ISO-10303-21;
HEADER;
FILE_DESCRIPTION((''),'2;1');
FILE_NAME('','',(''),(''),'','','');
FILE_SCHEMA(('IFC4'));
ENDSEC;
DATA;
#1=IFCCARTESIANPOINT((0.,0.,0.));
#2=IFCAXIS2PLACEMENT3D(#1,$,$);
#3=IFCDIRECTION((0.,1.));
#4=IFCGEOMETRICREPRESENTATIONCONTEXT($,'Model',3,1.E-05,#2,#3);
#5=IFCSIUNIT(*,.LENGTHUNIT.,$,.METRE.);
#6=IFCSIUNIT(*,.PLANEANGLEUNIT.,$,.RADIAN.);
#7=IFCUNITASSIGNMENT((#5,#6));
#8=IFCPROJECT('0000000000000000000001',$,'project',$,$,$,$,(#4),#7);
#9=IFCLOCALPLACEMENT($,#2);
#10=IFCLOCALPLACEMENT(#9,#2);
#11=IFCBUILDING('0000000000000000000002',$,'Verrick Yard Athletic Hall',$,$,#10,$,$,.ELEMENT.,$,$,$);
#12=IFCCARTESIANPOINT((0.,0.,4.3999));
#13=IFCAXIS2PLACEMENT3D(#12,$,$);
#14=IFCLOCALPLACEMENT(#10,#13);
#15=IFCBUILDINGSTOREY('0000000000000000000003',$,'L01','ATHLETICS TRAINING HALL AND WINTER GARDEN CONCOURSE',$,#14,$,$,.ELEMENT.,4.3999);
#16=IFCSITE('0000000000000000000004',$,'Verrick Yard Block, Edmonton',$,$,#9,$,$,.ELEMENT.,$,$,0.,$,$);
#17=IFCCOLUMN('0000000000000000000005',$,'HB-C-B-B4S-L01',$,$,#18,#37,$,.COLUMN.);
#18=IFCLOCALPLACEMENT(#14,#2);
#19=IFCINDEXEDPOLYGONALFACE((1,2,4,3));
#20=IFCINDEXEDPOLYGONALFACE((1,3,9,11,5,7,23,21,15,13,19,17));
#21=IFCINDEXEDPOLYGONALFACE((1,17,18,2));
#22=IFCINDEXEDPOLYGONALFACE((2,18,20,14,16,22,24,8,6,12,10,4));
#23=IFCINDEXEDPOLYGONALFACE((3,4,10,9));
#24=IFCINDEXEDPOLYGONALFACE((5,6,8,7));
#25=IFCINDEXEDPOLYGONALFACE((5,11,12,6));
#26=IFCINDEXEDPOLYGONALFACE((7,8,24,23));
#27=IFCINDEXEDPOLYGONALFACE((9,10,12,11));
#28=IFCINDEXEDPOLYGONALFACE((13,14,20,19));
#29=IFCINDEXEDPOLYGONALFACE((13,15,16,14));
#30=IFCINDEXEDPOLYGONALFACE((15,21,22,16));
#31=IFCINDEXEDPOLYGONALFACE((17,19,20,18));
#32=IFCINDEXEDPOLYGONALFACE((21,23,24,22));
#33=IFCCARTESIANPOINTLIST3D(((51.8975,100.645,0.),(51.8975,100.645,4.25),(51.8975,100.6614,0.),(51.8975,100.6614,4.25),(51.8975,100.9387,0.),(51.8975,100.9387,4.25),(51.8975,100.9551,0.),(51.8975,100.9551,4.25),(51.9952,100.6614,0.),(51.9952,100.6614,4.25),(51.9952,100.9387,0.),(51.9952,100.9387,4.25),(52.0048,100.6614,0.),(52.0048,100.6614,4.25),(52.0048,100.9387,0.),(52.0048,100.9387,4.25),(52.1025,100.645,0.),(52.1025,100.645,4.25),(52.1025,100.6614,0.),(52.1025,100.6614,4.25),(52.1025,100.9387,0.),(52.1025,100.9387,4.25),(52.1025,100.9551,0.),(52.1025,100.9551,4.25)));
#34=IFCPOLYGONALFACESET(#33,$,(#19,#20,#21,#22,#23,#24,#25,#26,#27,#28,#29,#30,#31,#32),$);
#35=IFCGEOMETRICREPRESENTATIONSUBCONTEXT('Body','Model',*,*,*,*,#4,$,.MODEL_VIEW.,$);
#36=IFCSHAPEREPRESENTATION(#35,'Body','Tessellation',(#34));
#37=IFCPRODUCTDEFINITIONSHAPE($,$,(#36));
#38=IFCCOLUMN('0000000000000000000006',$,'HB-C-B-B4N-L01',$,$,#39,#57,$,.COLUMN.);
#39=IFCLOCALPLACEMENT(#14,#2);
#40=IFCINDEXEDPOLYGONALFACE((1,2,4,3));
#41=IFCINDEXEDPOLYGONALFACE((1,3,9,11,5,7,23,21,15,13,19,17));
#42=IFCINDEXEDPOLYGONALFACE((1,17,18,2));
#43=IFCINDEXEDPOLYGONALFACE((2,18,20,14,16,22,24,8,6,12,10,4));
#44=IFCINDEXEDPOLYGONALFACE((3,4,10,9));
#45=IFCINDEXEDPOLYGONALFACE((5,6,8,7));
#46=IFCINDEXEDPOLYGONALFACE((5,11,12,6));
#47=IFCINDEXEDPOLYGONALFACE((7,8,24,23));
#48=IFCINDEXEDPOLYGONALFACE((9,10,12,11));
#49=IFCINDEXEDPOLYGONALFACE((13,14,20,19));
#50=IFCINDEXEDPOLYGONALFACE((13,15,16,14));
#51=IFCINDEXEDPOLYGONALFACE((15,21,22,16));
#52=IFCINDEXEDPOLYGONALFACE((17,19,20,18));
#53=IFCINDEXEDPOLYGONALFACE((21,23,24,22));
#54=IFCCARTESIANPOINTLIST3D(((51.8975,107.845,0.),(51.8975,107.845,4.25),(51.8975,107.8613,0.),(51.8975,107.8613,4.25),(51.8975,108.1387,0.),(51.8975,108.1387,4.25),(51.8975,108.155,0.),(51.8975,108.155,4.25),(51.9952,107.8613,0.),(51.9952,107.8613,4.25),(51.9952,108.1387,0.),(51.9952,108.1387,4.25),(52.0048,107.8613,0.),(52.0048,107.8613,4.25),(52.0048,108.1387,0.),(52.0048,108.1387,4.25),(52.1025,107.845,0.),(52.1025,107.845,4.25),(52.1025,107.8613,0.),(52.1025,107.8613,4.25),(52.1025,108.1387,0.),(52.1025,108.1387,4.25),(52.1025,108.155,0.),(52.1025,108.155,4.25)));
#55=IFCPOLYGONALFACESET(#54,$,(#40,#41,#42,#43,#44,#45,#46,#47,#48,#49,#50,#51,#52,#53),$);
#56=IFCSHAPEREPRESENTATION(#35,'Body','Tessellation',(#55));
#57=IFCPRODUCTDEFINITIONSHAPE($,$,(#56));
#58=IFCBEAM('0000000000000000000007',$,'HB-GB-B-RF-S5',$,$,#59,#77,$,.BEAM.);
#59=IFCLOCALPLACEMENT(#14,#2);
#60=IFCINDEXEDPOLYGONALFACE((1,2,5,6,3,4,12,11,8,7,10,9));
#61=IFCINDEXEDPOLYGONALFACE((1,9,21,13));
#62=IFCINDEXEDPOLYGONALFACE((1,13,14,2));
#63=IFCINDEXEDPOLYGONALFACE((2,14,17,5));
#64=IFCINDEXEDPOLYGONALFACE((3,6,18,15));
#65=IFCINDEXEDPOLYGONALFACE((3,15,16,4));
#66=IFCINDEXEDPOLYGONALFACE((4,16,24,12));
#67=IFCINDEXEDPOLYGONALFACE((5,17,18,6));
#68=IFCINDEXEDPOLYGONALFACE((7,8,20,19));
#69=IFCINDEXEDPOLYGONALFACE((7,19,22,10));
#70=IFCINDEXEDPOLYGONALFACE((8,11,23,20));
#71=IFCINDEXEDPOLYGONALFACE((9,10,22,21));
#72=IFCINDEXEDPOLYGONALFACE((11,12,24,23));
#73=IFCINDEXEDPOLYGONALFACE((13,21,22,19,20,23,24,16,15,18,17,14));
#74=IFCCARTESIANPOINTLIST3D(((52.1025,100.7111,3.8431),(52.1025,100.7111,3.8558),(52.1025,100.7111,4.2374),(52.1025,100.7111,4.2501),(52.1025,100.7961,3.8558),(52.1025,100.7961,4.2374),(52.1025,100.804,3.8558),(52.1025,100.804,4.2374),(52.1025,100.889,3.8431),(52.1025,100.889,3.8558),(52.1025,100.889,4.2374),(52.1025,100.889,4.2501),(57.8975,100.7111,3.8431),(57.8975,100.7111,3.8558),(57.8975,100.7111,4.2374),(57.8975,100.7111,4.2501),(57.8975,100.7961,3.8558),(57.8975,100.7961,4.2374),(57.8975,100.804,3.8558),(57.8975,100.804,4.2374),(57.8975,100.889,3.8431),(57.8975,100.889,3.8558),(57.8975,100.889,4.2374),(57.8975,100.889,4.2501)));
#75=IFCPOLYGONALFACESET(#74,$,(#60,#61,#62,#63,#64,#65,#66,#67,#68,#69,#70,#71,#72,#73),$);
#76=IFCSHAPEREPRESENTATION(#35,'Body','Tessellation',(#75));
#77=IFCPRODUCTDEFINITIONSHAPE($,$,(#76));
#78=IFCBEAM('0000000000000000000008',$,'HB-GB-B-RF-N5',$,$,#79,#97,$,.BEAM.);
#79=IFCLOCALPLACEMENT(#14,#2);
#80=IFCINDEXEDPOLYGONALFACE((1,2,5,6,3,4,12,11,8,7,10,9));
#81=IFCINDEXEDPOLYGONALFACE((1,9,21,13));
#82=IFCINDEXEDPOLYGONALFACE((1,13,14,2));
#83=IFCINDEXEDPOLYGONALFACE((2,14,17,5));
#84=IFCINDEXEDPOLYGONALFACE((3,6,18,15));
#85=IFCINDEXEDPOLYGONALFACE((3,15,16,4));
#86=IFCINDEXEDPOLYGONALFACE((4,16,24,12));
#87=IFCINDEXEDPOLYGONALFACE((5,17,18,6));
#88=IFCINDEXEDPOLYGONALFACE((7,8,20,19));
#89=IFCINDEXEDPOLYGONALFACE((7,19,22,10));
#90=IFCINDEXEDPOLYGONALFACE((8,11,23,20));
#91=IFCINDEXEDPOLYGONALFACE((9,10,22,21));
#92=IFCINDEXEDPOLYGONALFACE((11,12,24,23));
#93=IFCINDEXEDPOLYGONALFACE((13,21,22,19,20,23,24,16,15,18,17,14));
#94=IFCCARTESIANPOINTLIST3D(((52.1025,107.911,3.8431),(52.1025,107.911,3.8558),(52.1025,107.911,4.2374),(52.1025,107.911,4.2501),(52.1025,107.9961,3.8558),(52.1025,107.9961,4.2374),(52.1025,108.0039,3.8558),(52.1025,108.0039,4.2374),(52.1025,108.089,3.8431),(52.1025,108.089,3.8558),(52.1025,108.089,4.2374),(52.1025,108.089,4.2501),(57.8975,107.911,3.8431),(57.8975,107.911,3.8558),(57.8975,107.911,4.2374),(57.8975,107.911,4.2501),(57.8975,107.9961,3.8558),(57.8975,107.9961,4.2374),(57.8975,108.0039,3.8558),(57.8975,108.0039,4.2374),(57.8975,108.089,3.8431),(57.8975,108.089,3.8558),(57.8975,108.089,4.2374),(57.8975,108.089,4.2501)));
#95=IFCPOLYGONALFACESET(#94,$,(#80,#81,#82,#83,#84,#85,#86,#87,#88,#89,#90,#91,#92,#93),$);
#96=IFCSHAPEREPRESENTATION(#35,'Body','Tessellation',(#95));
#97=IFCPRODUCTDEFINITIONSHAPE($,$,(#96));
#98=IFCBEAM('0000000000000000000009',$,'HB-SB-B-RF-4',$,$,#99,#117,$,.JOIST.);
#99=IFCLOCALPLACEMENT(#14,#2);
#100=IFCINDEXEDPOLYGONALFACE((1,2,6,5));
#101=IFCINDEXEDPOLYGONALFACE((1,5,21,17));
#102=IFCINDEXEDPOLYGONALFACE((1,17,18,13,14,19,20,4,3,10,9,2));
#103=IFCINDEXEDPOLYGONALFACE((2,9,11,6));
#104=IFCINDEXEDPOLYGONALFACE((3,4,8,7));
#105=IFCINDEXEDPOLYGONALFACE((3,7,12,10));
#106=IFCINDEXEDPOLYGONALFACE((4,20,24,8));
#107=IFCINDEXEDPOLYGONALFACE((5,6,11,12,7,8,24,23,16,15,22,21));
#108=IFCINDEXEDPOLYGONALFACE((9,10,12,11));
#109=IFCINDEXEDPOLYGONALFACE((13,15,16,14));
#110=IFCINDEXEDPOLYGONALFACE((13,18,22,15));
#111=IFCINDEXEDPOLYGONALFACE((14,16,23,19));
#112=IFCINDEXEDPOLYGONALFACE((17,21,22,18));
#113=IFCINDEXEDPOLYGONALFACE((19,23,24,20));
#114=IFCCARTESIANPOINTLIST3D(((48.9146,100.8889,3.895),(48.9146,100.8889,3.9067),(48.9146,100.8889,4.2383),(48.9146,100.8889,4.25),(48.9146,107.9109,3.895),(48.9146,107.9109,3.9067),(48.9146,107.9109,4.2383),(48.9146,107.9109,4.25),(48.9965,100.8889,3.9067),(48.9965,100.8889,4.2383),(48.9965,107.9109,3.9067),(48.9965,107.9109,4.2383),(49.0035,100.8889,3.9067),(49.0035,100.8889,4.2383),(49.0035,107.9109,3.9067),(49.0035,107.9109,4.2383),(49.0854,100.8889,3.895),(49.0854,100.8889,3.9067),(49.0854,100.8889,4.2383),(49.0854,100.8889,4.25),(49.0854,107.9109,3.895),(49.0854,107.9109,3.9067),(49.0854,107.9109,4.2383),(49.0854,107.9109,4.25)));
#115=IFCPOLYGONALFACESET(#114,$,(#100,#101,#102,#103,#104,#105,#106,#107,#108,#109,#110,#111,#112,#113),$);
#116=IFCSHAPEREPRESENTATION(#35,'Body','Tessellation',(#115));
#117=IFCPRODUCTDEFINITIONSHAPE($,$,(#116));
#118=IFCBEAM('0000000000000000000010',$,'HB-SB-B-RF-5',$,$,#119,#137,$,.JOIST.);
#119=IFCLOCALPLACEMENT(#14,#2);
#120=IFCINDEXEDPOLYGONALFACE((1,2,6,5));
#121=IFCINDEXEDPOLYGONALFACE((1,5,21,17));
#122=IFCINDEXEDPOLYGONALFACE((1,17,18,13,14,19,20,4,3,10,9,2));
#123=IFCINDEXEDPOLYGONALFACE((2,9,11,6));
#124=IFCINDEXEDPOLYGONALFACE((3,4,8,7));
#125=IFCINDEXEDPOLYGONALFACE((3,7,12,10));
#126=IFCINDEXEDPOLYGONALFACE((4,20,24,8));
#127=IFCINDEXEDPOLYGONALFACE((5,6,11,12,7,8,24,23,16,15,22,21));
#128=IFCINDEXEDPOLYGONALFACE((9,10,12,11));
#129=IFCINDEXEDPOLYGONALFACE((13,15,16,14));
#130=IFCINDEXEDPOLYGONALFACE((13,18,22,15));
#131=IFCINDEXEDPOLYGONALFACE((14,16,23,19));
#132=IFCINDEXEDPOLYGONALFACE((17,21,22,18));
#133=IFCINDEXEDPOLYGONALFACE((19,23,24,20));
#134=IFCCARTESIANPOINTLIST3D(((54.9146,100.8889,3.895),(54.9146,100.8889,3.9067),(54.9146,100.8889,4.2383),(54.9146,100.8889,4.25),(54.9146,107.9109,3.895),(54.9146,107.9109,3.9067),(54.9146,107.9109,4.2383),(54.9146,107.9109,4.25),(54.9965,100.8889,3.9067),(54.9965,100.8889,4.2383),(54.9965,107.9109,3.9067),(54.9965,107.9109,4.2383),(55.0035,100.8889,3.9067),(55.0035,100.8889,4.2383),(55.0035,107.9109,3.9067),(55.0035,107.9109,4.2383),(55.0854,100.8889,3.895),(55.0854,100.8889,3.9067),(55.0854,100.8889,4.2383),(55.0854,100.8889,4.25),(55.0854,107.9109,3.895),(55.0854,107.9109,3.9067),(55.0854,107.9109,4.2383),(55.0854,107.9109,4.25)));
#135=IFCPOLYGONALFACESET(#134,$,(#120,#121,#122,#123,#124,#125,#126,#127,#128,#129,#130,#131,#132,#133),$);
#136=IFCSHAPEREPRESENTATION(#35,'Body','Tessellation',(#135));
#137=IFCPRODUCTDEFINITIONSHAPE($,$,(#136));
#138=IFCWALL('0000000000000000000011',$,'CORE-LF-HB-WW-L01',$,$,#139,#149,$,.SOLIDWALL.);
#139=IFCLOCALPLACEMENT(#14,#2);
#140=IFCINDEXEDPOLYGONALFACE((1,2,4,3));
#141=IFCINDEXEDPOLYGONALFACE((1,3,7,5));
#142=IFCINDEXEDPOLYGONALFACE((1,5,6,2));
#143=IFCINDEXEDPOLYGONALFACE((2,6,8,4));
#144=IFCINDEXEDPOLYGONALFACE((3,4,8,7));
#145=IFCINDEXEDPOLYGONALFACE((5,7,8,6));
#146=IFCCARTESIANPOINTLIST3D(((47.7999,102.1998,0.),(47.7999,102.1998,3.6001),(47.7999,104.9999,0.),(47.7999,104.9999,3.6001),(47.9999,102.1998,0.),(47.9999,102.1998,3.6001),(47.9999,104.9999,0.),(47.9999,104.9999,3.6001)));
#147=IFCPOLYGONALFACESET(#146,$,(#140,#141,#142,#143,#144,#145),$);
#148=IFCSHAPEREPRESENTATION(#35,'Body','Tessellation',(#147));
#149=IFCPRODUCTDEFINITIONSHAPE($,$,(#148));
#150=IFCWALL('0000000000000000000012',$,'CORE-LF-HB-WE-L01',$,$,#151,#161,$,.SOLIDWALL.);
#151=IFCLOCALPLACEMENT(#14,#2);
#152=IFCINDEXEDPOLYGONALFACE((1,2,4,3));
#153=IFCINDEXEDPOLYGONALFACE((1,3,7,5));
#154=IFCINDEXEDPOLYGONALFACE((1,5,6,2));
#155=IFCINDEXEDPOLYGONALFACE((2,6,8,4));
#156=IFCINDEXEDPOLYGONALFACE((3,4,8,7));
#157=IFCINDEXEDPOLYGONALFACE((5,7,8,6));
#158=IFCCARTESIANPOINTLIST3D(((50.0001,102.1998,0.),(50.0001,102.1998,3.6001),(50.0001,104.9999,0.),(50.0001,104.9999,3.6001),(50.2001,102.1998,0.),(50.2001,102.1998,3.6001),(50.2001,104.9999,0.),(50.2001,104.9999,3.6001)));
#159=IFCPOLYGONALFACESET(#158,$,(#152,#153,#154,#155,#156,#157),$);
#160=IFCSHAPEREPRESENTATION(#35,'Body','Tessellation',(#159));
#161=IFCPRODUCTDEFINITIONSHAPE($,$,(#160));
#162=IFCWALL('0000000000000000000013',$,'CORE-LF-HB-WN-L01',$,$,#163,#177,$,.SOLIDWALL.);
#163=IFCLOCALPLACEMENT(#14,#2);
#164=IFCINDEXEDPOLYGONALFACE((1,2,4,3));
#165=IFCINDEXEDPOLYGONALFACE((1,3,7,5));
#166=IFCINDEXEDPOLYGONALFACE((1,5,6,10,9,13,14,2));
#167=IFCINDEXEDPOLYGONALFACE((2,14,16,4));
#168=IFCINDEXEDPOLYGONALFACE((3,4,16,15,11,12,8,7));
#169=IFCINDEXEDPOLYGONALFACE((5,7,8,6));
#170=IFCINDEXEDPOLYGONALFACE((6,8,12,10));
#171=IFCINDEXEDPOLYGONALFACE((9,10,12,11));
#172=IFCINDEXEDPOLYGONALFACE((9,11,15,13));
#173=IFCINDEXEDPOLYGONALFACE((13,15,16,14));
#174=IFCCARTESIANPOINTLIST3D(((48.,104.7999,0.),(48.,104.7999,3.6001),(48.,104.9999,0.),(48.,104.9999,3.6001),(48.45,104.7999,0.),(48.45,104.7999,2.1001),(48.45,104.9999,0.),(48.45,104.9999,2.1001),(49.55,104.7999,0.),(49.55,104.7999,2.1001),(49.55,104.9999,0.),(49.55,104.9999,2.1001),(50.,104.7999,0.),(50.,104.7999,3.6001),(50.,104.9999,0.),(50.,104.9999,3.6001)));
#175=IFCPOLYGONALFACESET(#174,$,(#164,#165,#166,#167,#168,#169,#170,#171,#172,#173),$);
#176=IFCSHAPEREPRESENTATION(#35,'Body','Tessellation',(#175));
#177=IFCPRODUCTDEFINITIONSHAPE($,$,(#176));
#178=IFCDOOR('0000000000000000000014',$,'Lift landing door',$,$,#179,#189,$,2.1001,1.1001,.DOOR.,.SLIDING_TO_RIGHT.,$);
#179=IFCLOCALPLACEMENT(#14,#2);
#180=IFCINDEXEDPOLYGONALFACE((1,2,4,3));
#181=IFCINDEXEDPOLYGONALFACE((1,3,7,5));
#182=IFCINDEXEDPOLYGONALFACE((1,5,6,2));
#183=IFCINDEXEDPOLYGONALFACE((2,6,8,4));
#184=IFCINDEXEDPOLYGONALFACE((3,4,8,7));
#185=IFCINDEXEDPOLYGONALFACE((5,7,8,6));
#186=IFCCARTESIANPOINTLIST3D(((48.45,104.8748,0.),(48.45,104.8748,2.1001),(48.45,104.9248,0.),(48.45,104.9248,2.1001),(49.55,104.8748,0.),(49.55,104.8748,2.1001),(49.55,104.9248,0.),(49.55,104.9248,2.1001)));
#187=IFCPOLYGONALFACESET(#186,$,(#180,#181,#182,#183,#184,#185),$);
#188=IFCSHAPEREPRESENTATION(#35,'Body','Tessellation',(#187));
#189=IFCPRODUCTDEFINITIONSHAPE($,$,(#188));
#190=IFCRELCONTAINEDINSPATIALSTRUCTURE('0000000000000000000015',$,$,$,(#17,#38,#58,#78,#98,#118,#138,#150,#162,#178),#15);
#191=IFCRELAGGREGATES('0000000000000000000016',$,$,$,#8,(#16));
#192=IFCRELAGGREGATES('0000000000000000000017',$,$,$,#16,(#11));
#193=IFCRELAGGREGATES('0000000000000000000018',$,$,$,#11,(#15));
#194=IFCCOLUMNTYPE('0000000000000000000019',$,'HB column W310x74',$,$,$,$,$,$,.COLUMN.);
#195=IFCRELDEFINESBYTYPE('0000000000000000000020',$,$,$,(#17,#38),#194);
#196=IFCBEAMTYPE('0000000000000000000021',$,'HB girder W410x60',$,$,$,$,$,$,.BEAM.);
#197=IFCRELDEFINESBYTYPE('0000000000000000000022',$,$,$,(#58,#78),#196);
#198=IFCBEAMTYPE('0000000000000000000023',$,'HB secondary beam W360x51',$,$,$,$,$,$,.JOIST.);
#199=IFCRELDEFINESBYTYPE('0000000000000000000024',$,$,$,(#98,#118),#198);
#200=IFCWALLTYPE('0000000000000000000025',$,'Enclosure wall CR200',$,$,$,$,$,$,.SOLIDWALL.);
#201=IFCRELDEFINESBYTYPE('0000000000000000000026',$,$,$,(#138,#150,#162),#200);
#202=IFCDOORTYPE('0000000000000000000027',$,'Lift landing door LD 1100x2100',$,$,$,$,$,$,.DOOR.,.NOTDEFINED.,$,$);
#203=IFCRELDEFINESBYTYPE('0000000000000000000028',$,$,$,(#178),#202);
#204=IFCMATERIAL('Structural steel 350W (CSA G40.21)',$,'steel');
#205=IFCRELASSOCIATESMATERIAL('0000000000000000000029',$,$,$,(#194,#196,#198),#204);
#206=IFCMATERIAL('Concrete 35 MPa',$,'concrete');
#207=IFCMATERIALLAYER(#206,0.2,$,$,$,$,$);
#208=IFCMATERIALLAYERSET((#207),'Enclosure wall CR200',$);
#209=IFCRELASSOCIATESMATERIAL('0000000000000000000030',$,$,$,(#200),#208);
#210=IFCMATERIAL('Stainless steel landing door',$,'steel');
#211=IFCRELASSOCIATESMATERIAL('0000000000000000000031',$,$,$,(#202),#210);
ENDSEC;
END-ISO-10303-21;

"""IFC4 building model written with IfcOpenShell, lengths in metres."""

from ifc_helpers import new_model, si_unit, direction, frame, frame_2d, origin, origin_2d, place, context, subcontext, project, spatial, rectangle, i_section, extrude, material, layer, layer_set, material_profile, profile_set, type_object, element, fill, save


model = new_model("IFC4")

# Units and contexts
model_context = context("Model", 3, precision=1e-05, world=origin(), true_north=direction((0.0, 1.0)))
body_context = subcontext(model_context, "Body", "Model", "MODEL_VIEW")
ifc_project = project(units=[si_unit("LENGTHUNIT", "METRE"), si_unit("PLANEANGLEUNIT", "RADIAN")], contexts=[model_context])

# Site, building, storey
site_placement = place(None, origin())
site = spatial("IfcSite", under=ifc_project, at=site_placement, Name="Verrick Yard Block, Edmonton", CompositionType="ELEMENT", RefElevation=0.0)
building_placement = place(site_placement, origin())
building = spatial("IfcBuilding", under=site, at=building_placement, Name="Verrick Yard Athletic Hall", CompositionType="ELEMENT")
storey_placement = place(building_placement, frame((0.0, 0.0, 4.3999)))
storey = spatial("IfcBuildingStorey", under=building, at=storey_placement, Name="L01", Description="ATHLETICS TRAINING HALL AND WINTER GARDEN CONCOURSE", CompositionType="ELEMENT", Elevation=4.3999)

# Columns
ifc_material_1 = material(Name="Structural steel 350W (CSA G40.21)", Category="steel")
ifc_material_profile_1 = material_profile(ifc_material_1, i_section(OverallWidth=0.2051, OverallDepth=0.3101, WebThickness=0.0095, FlangeThickness=0.0164, at=origin_2d()), Name="W310x74")
ifc_profile_set_1 = profile_set([ifc_material_profile_1], Name="Structural steel 350W (CSA G40.21)")
column_type = type_object("IfcColumnType", Name="HB column W310x74", PredefinedType="COLUMN", material=ifc_profile_set_1)
for number, where, z_axis, x_axis, name in (
    (1, (52.0, 100.8, 0.0), (0.0, 0.0, 1.0), (1.0, 0.0, 0.0), "HB-C-B-B4S-L01"),
    (2, (52.0, 108.0, 0.0), (0.0, 0.0, 1.0), (1.0, 0.0, 0.0), "HB-C-B-B4N-L01"),
):
    element("IfcColumn", number, at=place(storey_placement, frame(where, z_axis=z_axis, x_axis=x_axis)), inside=storey, type_object=column_type, Name=name, PredefinedType="COLUMN", context=body_context, shape_type="SweptSolid", body=[
        extrude(i_section(OverallWidth=0.2051, OverallDepth=0.3101, WebThickness=0.0095, FlangeThickness=0.0164, at=origin_2d()), origin(), (0.0, 0.0, 1.0), 4.25),
    ])

# Beams
ifc_material_profile_2 = material_profile(ifc_material_1, i_section(OverallWidth=0.178, OverallDepth=0.407, WebThickness=0.0078, FlangeThickness=0.0127, at=origin_2d()), Name="W410x60")
ifc_profile_set_2 = profile_set([ifc_material_profile_2], Name="Structural steel 350W (CSA G40.21)")
beam_type_1 = type_object("IfcBeamType", Name="HB girder W410x60", PredefinedType="BEAM", material=ifc_profile_set_2)
for number, where, z_axis, x_axis, name in (
    (3, (52.1025, 100.8, 4.0466), (1.0, 0.0, 0.0), (0.0, 1.0, 0.0), "HB-GB-B-RF-S5"),
    (4, (52.1025, 108.0, 4.0466), (1.0, 0.0, 0.0), (0.0, 1.0, 0.0), "HB-GB-B-RF-N5"),
):
    element("IfcBeam", number, at=place(storey_placement, frame(where, z_axis=z_axis, x_axis=x_axis)), inside=storey, type_object=beam_type_1, Name=name, PredefinedType="BEAM", context=body_context, shape_type="SweptSolid", body=[
        extrude(i_section(OverallWidth=0.178, OverallDepth=0.407, WebThickness=0.0078, FlangeThickness=0.0127, at=origin_2d()), origin(), (0.0, 0.0, 1.0), 5.7949),
    ])
ifc_material_profile_3 = material_profile(ifc_material_1, i_section(OverallWidth=0.1709, OverallDepth=0.355, WebThickness=0.0071, FlangeThickness=0.0117, at=origin_2d()), Name="W360x51")
ifc_profile_set_3 = profile_set([ifc_material_profile_3], Name="Structural steel 350W (CSA G40.21)")
beam_type_2 = type_object("IfcBeamType", Name="HB secondary beam W360x51", PredefinedType="JOIST", material=ifc_profile_set_3)
for number, where, z_axis, x_axis, name in (
    (5, (49.0, 100.8889, 4.0725), (0.0, 1.0, 0.0), (-1.0, 0.0, 0.0), "HB-SB-B-RF-4"),
    (6, (55.0, 100.8889, 4.0725), (0.0, 1.0, 0.0), (-1.0, 0.0, 0.0), "HB-SB-B-RF-5"),
):
    element("IfcBeam", number, at=place(storey_placement, frame(where, z_axis=z_axis, x_axis=x_axis)), inside=storey, type_object=beam_type_2, Name=name, PredefinedType="JOIST", context=body_context, shape_type="SweptSolid", body=[
        extrude(i_section(OverallWidth=0.1709, OverallDepth=0.355, WebThickness=0.0071, FlangeThickness=0.0117, at=origin_2d()), origin(), (0.0, 0.0, 1.0), 7.022),
    ])

# Walls
ifc_material_2 = material(Name="Concrete 35 MPa", Category="concrete")
ifc_layer_1 = layer(ifc_material_2, 0.2)
ifc_layer_set_1 = layer_set([ifc_layer_1], Name="Enclosure wall CR200")
wall_type_1 = type_object("IfcWallType", Name="Enclosure wall CR200", PredefinedType="SOLIDWALL", material=ifc_layer_set_1)
for number, where, z_axis, x_axis, name in (
    (7, (47.8999, 102.2, 0.0), (0.0, 0.0, 1.0), (0.0, 1.0, 0.0), "CORE-LF-HB-WW-L01"),
    (8, (50.1001, 102.2, 0.0), (0.0, 0.0, 1.0), (0.0, 1.0, 0.0), "CORE-LF-HB-WE-L01"),
):
    element("IfcWall", number, at=place(storey_placement, frame(where, z_axis=z_axis, x_axis=x_axis)), inside=storey, type_object=wall_type_1, Name=name, PredefinedType="SOLIDWALL", context=body_context, shape_type="SweptSolid", body=[
        extrude(rectangle(XDim=2.8, YDim=0.2, at=frame_2d((1.3999, 0.0))), origin(), (0.0, 0.0, 1.0), 3.6001),
    ])

# Wall, opening, door
wall_1_placement = place(storey_placement, frame((48.0, 104.8999, 0.0), z_axis=(0.0, 0.0, 1.0), x_axis=(1.0, 0.0, 0.0)))
wall_1 = element("IfcWall", 9, at=wall_1_placement, inside=storey, type_object=wall_type_1, Name="CORE-LF-HB-WN-L01", PredefinedType="SOLIDWALL", context=body_context, shape_type="SweptSolid", body=[
    extrude(rectangle(XDim=2.0, YDim=0.2, at=frame_2d((1.0, 0.0))), origin(), (0.0, 0.0, 1.0), 3.6001),
])
opening_1_placement = place(wall_1_placement, frame((0.45, 0.0, 0.0)))
opening_1 = element("IfcOpeningElement", 10, at=opening_1_placement, cuts=wall_1, PredefinedType="OPENING", context=body_context, shape_type="SweptSolid", body=[
    extrude(rectangle(XDim=1.1001, YDim=2.1001, at=frame_2d((0.55, 1.05))), frame((0.0, 0.1099, 0.0), z_axis=(0.0, -1.0, 0.0), x_axis=(1.0, 0.0, 0.0)), (0.0, 0.0, 1.0), 0.22),
])
ifc_material_3 = material(Name="Stainless steel landing door", Category="steel")
door_type_1 = type_object("IfcDoorType", Name="Lift landing door LD 1100x2100", OperationType="NOTDEFINED", PredefinedType="DOOR", material=ifc_material_3)
door_1_placement = place(opening_1_placement, origin())
door_1 = element("IfcDoor", 11, at=door_1_placement, inside=storey, type_object=door_type_1, Name="Lift landing door", OperationType="SLIDING_TO_RIGHT", OverallHeight=2.1001, OverallWidth=1.1001, PredefinedType="DOOR", context=body_context, shape_type="SweptSolid", body=[
    extrude(rectangle(XDim=1.1001, YDim=2.1001, at=frame_2d((0.55, 1.05))), frame((0.0, 0.0249, 0.0), z_axis=(0.0, -1.0, 0.0), x_axis=(1.0, 0.0, 0.0)), (0.0, 0.0, 1.0), 0.05),
])
fill(opening_1, door_1)

save(model, "model.ifc")
